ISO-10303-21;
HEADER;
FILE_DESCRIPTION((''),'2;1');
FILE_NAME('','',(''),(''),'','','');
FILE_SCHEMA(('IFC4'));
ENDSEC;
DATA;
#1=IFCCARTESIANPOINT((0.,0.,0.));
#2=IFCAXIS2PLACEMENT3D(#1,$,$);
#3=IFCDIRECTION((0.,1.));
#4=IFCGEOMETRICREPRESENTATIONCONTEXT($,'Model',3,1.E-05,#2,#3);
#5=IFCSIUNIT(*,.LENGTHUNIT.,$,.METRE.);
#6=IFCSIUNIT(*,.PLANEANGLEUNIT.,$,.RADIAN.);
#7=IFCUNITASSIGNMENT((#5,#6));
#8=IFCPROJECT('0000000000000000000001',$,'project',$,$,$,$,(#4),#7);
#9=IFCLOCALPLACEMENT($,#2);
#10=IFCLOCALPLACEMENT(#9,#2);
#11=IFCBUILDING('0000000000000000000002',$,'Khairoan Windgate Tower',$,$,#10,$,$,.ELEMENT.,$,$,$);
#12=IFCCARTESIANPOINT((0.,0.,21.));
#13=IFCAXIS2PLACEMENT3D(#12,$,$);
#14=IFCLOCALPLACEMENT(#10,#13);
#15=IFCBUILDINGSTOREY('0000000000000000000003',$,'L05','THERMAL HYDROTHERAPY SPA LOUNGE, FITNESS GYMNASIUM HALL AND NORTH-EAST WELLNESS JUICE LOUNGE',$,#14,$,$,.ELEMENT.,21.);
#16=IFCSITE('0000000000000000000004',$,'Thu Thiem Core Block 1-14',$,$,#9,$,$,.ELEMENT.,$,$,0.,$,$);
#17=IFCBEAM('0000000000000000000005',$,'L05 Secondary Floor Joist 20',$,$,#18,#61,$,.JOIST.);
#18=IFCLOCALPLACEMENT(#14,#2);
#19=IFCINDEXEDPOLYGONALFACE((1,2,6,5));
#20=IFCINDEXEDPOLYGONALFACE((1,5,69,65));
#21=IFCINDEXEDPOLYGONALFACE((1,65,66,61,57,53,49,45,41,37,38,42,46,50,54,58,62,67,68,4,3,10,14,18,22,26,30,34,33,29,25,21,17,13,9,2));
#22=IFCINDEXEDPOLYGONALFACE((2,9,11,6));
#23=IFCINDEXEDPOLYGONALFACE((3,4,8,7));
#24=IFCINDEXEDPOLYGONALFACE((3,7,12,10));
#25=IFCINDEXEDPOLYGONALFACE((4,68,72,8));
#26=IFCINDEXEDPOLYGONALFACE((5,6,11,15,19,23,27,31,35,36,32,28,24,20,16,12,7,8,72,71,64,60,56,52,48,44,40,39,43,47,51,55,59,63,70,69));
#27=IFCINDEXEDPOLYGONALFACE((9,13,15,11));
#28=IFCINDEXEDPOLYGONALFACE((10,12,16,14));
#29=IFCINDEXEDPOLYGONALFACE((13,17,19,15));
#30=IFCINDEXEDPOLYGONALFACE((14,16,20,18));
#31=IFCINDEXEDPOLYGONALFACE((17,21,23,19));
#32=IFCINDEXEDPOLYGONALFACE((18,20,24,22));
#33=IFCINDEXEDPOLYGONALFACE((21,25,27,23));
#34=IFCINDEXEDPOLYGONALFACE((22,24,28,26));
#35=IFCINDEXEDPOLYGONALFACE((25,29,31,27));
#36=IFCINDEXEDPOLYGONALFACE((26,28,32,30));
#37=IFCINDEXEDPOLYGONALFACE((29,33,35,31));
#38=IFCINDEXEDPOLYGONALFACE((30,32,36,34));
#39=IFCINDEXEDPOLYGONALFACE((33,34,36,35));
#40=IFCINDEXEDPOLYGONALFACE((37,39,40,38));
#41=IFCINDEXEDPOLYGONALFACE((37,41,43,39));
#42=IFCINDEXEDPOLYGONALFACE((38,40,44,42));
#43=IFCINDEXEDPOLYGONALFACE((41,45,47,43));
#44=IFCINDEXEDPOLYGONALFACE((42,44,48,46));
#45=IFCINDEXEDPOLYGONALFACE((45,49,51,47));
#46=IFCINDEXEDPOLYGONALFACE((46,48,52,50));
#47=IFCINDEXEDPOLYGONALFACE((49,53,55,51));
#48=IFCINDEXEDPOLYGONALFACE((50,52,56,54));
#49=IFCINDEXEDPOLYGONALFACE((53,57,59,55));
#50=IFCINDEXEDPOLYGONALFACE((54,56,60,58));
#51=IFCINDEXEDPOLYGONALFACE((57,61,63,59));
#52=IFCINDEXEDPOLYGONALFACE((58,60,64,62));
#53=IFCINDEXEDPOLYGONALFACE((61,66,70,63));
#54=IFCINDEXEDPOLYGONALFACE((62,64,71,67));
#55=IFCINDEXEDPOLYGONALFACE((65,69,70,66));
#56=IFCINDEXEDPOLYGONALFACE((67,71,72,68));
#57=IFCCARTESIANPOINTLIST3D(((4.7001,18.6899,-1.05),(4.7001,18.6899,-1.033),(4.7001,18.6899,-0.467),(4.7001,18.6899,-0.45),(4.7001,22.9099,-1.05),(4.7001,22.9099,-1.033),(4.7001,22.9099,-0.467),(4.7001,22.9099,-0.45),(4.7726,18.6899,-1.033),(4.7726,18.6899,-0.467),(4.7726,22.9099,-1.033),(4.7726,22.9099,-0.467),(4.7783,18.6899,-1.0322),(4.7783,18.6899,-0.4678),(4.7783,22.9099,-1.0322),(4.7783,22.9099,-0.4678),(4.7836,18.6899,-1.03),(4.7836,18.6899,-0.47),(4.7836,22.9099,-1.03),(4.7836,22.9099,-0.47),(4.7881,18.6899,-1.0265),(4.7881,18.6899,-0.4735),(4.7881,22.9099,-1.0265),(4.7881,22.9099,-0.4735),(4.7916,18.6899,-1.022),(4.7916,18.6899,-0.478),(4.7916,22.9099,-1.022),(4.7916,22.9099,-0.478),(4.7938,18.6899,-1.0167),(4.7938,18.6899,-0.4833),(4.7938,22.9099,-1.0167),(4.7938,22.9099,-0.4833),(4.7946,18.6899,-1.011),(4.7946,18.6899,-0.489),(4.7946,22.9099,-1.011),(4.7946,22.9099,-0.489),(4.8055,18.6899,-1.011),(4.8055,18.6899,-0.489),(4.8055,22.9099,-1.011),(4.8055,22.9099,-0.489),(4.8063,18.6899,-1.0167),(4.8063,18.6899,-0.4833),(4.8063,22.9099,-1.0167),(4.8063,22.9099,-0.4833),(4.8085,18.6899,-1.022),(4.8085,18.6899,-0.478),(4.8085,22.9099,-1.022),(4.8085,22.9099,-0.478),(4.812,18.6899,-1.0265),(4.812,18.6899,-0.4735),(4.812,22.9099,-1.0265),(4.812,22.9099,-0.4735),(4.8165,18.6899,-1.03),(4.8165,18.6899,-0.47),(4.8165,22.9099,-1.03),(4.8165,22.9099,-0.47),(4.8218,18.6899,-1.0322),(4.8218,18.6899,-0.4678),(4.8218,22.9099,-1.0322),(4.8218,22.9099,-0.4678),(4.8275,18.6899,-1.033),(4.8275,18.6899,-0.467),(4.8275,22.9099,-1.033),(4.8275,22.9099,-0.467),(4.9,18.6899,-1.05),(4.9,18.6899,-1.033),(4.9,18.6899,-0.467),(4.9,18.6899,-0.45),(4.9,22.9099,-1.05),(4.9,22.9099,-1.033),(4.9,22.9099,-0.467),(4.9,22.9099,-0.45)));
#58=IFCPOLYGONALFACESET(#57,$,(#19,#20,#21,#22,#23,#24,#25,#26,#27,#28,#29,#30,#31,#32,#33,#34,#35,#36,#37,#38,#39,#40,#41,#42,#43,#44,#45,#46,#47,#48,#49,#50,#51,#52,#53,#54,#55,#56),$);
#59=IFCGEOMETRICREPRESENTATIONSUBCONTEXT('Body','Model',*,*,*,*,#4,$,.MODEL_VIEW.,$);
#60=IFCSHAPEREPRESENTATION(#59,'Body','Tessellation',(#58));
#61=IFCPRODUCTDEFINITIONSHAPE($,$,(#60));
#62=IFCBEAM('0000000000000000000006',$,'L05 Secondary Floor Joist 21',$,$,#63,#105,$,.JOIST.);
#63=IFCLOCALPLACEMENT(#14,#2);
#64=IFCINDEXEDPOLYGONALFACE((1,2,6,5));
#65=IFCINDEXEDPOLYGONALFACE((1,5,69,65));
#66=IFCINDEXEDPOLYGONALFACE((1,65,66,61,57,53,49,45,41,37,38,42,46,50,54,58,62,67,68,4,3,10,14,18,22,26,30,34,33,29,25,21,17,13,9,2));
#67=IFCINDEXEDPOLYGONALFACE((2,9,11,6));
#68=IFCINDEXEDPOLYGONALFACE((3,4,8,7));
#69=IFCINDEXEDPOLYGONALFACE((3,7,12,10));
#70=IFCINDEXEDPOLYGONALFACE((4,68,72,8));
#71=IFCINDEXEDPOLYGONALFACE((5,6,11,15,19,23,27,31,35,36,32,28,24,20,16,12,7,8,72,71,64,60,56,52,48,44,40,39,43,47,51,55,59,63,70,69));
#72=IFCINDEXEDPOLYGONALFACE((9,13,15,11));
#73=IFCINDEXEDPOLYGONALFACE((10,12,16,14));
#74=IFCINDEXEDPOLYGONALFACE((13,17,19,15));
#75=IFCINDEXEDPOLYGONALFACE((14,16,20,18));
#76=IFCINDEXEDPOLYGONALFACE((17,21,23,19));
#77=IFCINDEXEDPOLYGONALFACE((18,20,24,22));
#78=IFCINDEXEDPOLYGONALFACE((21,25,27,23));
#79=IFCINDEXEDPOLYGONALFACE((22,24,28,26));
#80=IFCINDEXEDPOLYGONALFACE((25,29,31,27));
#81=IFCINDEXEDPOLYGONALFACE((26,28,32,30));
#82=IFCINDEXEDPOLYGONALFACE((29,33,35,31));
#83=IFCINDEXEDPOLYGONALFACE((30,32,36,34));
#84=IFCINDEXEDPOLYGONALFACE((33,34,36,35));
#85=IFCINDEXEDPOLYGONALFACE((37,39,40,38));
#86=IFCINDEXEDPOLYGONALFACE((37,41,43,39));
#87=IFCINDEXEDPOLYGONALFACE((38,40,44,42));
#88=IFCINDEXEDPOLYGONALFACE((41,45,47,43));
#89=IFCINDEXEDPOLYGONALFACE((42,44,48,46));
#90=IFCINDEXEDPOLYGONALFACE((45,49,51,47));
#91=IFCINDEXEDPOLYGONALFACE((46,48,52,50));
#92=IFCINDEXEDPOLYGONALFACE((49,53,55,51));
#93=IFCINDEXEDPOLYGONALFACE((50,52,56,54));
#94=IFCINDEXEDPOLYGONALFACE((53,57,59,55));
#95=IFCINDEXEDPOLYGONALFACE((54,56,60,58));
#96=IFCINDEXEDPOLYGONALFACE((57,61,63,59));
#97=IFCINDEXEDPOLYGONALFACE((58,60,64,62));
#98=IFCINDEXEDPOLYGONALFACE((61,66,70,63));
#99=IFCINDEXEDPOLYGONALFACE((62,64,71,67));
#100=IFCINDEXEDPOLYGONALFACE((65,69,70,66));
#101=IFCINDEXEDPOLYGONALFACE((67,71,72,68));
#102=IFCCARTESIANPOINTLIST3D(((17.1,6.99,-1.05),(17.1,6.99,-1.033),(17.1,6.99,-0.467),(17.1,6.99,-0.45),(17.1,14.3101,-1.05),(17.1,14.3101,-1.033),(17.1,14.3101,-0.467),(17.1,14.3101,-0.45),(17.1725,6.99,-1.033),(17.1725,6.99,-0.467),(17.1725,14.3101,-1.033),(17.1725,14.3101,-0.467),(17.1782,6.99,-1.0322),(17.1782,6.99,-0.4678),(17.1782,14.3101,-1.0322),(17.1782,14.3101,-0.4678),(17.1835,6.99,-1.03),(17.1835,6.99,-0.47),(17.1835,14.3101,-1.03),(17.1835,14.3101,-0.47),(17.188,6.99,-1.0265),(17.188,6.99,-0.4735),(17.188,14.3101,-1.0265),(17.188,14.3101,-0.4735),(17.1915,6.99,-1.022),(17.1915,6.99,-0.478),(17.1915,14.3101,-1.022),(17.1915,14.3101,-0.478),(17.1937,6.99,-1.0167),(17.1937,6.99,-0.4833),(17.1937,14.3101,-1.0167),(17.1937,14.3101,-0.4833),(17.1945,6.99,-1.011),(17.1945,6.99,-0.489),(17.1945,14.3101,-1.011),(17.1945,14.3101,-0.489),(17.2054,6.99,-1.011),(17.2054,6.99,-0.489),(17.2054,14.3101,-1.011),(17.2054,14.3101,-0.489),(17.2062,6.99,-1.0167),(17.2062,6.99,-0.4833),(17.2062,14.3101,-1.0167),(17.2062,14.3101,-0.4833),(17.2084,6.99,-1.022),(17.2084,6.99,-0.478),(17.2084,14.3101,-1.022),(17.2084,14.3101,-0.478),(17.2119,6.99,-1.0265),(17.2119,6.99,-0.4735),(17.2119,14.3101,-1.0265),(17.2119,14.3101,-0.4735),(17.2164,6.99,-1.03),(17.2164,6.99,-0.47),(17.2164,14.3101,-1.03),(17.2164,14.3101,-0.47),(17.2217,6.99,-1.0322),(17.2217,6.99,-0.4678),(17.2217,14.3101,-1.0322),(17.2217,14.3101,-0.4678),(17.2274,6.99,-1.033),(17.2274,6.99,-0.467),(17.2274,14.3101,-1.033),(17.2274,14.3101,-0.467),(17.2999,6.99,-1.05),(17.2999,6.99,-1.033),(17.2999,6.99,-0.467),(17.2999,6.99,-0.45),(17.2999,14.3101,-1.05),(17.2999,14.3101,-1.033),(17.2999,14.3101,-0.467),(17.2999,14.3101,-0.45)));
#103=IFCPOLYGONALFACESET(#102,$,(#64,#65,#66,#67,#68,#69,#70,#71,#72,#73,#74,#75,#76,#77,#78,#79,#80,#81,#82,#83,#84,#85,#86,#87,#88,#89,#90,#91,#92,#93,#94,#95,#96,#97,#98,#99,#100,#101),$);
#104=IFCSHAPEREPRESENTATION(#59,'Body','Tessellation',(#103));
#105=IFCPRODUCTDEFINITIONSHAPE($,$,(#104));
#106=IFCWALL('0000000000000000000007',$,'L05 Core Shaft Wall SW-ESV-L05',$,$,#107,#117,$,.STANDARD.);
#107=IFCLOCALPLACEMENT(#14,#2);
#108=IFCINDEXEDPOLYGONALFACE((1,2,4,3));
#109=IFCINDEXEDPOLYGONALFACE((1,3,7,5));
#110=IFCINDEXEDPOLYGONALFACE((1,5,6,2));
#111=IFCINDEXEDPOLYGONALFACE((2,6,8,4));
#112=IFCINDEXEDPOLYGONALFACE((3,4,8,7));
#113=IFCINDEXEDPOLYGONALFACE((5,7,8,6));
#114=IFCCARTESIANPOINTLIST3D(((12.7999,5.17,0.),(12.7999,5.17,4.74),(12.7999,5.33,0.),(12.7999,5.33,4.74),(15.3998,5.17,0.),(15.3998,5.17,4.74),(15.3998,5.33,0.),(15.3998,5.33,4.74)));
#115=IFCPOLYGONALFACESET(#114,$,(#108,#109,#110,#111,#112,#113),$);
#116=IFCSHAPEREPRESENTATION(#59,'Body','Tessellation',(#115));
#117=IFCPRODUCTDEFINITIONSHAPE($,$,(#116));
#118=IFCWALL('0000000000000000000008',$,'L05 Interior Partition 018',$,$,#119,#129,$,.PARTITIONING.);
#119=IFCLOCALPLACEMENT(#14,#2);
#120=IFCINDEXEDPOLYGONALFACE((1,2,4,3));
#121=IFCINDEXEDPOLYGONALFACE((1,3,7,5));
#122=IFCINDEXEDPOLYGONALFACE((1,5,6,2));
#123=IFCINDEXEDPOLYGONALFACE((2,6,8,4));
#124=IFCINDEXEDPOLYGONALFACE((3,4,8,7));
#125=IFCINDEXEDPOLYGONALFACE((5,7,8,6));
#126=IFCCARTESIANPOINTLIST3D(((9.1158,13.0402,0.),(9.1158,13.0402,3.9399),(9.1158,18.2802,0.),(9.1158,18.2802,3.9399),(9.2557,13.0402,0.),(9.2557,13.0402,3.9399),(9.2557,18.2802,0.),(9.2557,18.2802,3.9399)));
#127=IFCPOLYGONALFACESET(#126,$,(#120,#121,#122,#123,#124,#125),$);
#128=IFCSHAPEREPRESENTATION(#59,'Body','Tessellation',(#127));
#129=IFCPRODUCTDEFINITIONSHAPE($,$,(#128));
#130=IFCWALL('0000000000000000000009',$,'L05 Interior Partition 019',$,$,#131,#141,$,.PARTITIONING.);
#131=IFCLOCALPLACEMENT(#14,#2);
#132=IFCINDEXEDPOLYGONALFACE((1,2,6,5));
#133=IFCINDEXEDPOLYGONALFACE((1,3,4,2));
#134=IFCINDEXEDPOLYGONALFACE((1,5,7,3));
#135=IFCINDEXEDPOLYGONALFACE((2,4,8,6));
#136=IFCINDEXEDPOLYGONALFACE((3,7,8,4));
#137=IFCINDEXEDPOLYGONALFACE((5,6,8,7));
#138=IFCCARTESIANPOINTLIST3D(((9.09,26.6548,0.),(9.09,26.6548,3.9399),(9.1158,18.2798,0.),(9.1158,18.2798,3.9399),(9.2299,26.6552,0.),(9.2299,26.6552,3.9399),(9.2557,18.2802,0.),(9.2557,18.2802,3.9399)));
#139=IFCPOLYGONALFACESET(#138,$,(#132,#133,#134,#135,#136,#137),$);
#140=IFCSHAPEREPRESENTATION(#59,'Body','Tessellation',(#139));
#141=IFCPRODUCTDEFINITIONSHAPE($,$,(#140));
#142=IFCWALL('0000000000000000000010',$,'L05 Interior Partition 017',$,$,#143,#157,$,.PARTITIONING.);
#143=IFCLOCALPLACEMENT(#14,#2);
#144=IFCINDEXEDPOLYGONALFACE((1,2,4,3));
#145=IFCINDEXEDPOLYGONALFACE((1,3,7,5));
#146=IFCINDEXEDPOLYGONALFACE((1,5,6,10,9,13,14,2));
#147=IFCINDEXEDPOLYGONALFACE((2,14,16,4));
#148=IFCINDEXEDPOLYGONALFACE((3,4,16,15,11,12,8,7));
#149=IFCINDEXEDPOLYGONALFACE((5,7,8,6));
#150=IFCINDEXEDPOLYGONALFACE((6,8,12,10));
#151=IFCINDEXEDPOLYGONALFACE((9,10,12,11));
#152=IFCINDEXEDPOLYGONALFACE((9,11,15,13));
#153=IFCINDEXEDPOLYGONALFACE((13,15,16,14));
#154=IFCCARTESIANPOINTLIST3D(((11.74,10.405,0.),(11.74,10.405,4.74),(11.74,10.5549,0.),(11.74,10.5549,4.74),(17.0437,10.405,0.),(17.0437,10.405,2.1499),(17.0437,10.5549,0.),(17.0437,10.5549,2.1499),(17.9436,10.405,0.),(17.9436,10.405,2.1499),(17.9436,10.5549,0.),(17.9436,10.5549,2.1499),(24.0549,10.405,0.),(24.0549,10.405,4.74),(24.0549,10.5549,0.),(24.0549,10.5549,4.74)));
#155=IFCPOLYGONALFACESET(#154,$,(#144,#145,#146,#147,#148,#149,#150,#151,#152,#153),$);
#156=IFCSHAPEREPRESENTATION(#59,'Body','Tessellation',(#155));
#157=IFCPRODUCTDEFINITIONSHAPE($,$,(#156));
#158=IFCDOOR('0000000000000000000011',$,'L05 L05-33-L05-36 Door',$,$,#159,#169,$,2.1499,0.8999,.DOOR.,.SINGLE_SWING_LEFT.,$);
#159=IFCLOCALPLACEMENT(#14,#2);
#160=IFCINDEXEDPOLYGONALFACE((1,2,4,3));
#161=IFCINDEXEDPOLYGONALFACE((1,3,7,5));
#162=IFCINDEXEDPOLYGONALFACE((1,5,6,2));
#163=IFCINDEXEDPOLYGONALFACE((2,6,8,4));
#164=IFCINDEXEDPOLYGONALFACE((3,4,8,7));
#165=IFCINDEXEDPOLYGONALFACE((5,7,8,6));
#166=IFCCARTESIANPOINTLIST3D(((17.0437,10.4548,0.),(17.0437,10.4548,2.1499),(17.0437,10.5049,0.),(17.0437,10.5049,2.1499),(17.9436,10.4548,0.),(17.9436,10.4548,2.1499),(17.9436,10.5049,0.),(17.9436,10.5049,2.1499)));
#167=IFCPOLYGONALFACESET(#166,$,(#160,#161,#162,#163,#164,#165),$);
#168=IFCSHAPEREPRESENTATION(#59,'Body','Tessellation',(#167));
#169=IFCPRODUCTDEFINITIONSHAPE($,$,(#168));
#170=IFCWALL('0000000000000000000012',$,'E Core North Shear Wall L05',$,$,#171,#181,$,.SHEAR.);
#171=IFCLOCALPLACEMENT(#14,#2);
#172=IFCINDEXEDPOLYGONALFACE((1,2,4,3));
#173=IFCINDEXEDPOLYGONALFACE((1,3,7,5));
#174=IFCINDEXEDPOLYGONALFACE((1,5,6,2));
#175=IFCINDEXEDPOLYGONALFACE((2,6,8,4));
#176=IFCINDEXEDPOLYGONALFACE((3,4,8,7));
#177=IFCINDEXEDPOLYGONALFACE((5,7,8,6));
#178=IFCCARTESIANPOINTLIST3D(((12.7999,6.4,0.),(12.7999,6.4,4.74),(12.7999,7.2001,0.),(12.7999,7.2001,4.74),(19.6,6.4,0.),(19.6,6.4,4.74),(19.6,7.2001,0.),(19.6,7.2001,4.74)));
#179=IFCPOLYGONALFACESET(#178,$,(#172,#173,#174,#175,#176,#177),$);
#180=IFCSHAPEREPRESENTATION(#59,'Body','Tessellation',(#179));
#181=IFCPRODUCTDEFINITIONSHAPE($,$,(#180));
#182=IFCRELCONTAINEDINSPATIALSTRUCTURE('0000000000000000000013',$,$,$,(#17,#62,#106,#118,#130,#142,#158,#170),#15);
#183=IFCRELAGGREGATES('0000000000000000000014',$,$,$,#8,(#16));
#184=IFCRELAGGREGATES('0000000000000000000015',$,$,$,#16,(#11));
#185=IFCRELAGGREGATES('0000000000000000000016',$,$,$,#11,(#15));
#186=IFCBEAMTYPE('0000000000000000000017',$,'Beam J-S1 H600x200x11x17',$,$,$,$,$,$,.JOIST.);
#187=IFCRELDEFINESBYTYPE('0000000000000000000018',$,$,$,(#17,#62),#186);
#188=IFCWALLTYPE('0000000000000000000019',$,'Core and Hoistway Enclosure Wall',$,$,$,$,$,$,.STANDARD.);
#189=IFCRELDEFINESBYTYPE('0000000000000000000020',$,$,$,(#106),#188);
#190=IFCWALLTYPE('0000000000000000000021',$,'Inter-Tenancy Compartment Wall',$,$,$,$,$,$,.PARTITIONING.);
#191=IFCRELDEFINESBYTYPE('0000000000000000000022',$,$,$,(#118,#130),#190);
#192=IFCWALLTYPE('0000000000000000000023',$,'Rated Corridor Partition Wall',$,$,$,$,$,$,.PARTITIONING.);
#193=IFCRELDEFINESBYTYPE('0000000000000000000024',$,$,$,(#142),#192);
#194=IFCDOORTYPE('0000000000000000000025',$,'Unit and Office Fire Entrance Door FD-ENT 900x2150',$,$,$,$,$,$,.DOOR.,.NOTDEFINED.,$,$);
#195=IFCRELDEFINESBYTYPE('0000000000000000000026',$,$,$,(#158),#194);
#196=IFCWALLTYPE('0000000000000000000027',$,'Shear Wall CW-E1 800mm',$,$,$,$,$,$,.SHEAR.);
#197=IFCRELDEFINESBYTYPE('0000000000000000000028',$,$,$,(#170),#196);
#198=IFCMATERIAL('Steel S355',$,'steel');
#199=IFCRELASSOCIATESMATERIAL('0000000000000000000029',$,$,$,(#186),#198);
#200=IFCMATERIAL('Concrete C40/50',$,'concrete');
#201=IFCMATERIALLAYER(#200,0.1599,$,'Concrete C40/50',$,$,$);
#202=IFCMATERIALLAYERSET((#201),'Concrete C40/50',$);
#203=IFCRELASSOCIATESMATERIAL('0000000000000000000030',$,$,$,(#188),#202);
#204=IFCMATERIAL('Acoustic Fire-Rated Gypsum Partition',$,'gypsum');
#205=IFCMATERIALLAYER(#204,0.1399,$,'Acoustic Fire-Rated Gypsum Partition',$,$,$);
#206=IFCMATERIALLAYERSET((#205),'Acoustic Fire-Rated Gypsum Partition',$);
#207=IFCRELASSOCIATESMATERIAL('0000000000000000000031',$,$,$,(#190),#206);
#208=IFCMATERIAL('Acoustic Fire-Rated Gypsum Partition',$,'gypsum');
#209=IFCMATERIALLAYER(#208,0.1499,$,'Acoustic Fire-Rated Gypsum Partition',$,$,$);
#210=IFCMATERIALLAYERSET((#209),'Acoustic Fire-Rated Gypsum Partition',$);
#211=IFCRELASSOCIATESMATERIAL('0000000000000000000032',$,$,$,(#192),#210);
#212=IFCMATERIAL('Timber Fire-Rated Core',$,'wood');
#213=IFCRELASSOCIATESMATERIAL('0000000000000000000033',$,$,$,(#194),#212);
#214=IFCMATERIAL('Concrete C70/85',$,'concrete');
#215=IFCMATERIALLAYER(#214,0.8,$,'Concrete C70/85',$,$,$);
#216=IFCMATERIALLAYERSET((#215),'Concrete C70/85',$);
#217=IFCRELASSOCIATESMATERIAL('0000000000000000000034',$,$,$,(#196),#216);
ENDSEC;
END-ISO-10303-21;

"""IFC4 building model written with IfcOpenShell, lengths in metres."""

from ifc_helpers import new_model, si_unit, direction, frame, frame_2d, origin, origin_2d, place, context, subcontext, project, spatial, rectangle, i_section, extrude, material, layer, layer_set, material_profile, profile_set, type_object, element, fill, save


model = new_model("IFC4")

# Units and contexts
model_context = context("Model", 3, precision=1e-05, world=origin(), true_north=direction((0.0, 1.0)))
body_context = subcontext(model_context, "Body", "Model", "MODEL_VIEW")
ifc_project = project(units=[si_unit("LENGTHUNIT", "METRE"), si_unit("PLANEANGLEUNIT", "RADIAN")], contexts=[model_context])

# Site, building, storey
site_placement = place(None, origin())
site = spatial("IfcSite", under=ifc_project, at=site_placement, Name="Thu Thiem Core Block 1-14", CompositionType="ELEMENT", RefElevation=0.0)
building_placement = place(site_placement, origin())
building = spatial("IfcBuilding", under=site, at=building_placement, Name="Khairoan Windgate Tower", CompositionType="ELEMENT")
storey_placement = place(building_placement, frame((0.0, 0.0, 21.0)))
storey = spatial("IfcBuildingStorey", under=building, at=storey_placement, Name="L05", Description="THERMAL HYDROTHERAPY SPA LOUNGE, FITNESS GYMNASIUM HALL AND NORTH-EAST WELLNESS JUICE LOUNGE", CompositionType="ELEMENT", Elevation=21.0)

# Beams
ifc_material_1 = material(Name="Steel S355", Category="steel")
ifc_material_profile_1 = material_profile(ifc_material_1, i_section(OverallWidth=0.2, OverallDepth=0.6001, WebThickness=0.011, FlangeThickness=0.0171, FilletRadius=0.022, at=origin_2d()))
ifc_profile_set_1 = profile_set([ifc_material_profile_1], Name="Steel S355")
beam_type_1 = type_object("IfcBeamType", Name="Beam J-S1 H600x200x11x17", PredefinedType="JOIST", material=ifc_profile_set_1)
beam_1_placement = place(storey_placement, frame((4.8, 18.6899, -0.75), z_axis=(0.0, 1.0, 0.0), x_axis=(-1.0, 0.0, 0.0)))
element("IfcBeam", 1, at=beam_1_placement, inside=storey, type_object=beam_type_1, Name="L05 Secondary Floor Joist 20", PredefinedType="JOIST", context=body_context, shape_type="SweptSolid", body=[
    extrude(i_section(OverallWidth=0.2, OverallDepth=0.6001, WebThickness=0.011, FlangeThickness=0.0171, FilletRadius=0.022, at=origin_2d()), origin(), (0.0, 0.0, 1.0), 4.22),
])
beam_2_placement = place(storey_placement, frame((17.2, 6.99, -0.75), z_axis=(0.0, 1.0, 0.0), x_axis=(-1.0, 0.0, 0.0)))
element("IfcBeam", 2, at=beam_2_placement, inside=storey, type_object=beam_type_1, Name="L05 Secondary Floor Joist 21", PredefinedType="JOIST", context=body_context, shape_type="SweptSolid", body=[
    extrude(i_section(OverallWidth=0.2, OverallDepth=0.6001, WebThickness=0.011, FlangeThickness=0.0171, FilletRadius=0.022, at=origin_2d()), origin(), (0.0, 0.0, 1.0), 7.3201),
])

# Walls
ifc_material_2 = material(Name="Concrete C40/50", Category="concrete")
ifc_layer_1 = layer(ifc_material_2, 0.1599, Name="Concrete C40/50")
ifc_layer_set_1 = layer_set([ifc_layer_1], Name="Concrete C40/50")
wall_type_1 = type_object("IfcWallType", Name="Core and Hoistway Enclosure Wall", PredefinedType="STANDARD", material=ifc_layer_set_1)
wall_1_placement = place(storey_placement, frame((12.8, 5.25, 0.0), z_axis=(0.0, 0.0, 1.0), x_axis=(1.0, 0.0, 0.0)))
element("IfcWall", 3, at=wall_1_placement, inside=storey, type_object=wall_type_1, Name="L05 Core Shaft Wall SW-ESV-L05", PredefinedType="STANDARD", context=body_context, shape_type="SweptSolid", body=[
    extrude(rectangle(XDim=2.5999, YDim=0.1599, at=frame_2d((1.2998, 0.0))), origin(), (0.0, 0.0, 1.0), 4.74),
])
ifc_material_3 = material(Name="Acoustic Fire-Rated Gypsum Partition", Category="gypsum")
ifc_layer_2 = layer(ifc_material_3, 0.1399, Name="Acoustic Fire-Rated Gypsum Partition")
ifc_layer_set_2 = layer_set([ifc_layer_2], Name="Acoustic Fire-Rated Gypsum Partition")
wall_type_2 = type_object("IfcWallType", Name="Inter-Tenancy Compartment Wall", PredefinedType="PARTITIONING", material=ifc_layer_set_2)
wall_2_placement = place(storey_placement, frame((9.1858, 13.04, 0.0), z_axis=(0.0, 0.0, 1.0), x_axis=(0.0, 1.0, 0.0)))
element("IfcWall", 4, at=wall_2_placement, inside=storey, type_object=wall_type_2, Name="L05 Interior Partition 018", PredefinedType="PARTITIONING", context=body_context, shape_type="SweptSolid", body=[
    extrude(rectangle(XDim=5.24, YDim=0.1399, at=frame_2d((2.6201, 0.0))), origin(), (0.0, 0.0, 1.0), 3.9399),
])
wall_3_placement = place(storey_placement, frame((9.1858, 18.28, 0.0), z_axis=(0.0, 0.0, 1.0), x_axis=(-0.00309, 0.999995, 0.0)))
element("IfcWall", 5, at=wall_3_placement, inside=storey, type_object=wall_type_2, Name="L05 Interior Partition 019", PredefinedType="PARTITIONING", context=body_context, shape_type="SweptSolid", body=[
    extrude(rectangle(XDim=8.375, YDim=0.1399, at=frame_2d((4.1875, 0.0))), origin(), (0.0, 0.0, 1.0), 3.9399),
])

# Wall, opening, door
ifc_material_4 = material(Name="Acoustic Fire-Rated Gypsum Partition", Category="gypsum")
ifc_layer_3 = layer(ifc_material_4, 0.1499, Name="Acoustic Fire-Rated Gypsum Partition")
ifc_layer_set_3 = layer_set([ifc_layer_3], Name="Acoustic Fire-Rated Gypsum Partition")
wall_type_3 = type_object("IfcWallType", Name="Rated Corridor Partition Wall", PredefinedType="PARTITIONING", material=ifc_layer_set_3)
wall_4_placement = place(storey_placement, frame((11.74, 10.48, 0.0), z_axis=(0.0, 0.0, 1.0), x_axis=(1.0, 0.0, 0.0)))
wall_4 = element("IfcWall", 6, at=wall_4_placement, inside=storey, type_object=wall_type_3, Name="L05 Interior Partition 017", PredefinedType="PARTITIONING", context=body_context, shape_type="SweptSolid", body=[
    extrude(rectangle(XDim=12.3149, YDim=0.1499, at=frame_2d((6.1575, 0.0))), origin(), (0.0, 0.0, 1.0), 4.74),
])
opening_placement = place(wall_4_placement, frame((5.3037, 0.0, 0.0)))
opening = element("IfcOpeningElement", 7, at=opening_placement, cuts=wall_4, PredefinedType="OPENING", context=body_context, shape_type="SweptSolid", body=[
    extrude(rectangle(XDim=0.8999, YDim=2.1499, at=frame_2d((0.45, 1.075))), frame((0.0, 0.085, 0.0), z_axis=(0.0, -1.0, 0.0), x_axis=(1.0, 0.0, 0.0)), (0.0, 0.0, 1.0), 0.1699),
])
ifc_material_5 = material(Name="Timber Fire-Rated Core", Category="wood")
door_type = type_object("IfcDoorType", Name="Unit and Office Fire Entrance Door FD-ENT 900x2150", OperationType="NOTDEFINED", PredefinedType="DOOR", material=ifc_material_5)
door_placement = place(opening_placement, origin())
door = element("IfcDoor", 8, at=door_placement, inside=storey, type_object=door_type, Name="L05 L05-33-L05-36 Door", OperationType="SINGLE_SWING_LEFT", OverallHeight=2.1499, OverallWidth=0.8999, PredefinedType="DOOR", context=body_context, shape_type="SweptSolid", body=[
    extrude(rectangle(XDim=0.8999, YDim=2.1499, at=frame_2d((0.45, 1.075))), frame((0.0, 0.0249, 0.0), z_axis=(0.0, -1.0, 0.0), x_axis=(1.0, 0.0, 0.0)), (0.0, 0.0, 1.0), 0.05),
])
fill(opening, door)

# Wall
ifc_material_6 = material(Name="Concrete C70/85", Category="concrete")
ifc_layer_4 = layer(ifc_material_6, 0.8, Name="Concrete C70/85")
ifc_layer_set_4 = layer_set([ifc_layer_4], Name="Concrete C70/85")
wall_type_4 = type_object("IfcWallType", Name="Shear Wall CW-E1 800mm", PredefinedType="SHEAR", material=ifc_layer_set_4)
wall_5_placement = place(storey_placement, frame((12.8, 6.8, 0.0), z_axis=(0.0, 0.0, 1.0), x_axis=(1.0, 0.0, 0.0)))
element("IfcWall", 9, at=wall_5_placement, inside=storey, type_object=wall_type_4, Name="E Core North Shear Wall L05", PredefinedType="SHEAR", context=body_context, shape_type="SweptSolid", body=[
    extrude(rectangle(XDim=6.8, YDim=0.8, at=frame_2d((3.3999, 0.0))), origin(), (0.0, 0.0, 1.0), 4.74),
])

save(model, "model.ifc")
